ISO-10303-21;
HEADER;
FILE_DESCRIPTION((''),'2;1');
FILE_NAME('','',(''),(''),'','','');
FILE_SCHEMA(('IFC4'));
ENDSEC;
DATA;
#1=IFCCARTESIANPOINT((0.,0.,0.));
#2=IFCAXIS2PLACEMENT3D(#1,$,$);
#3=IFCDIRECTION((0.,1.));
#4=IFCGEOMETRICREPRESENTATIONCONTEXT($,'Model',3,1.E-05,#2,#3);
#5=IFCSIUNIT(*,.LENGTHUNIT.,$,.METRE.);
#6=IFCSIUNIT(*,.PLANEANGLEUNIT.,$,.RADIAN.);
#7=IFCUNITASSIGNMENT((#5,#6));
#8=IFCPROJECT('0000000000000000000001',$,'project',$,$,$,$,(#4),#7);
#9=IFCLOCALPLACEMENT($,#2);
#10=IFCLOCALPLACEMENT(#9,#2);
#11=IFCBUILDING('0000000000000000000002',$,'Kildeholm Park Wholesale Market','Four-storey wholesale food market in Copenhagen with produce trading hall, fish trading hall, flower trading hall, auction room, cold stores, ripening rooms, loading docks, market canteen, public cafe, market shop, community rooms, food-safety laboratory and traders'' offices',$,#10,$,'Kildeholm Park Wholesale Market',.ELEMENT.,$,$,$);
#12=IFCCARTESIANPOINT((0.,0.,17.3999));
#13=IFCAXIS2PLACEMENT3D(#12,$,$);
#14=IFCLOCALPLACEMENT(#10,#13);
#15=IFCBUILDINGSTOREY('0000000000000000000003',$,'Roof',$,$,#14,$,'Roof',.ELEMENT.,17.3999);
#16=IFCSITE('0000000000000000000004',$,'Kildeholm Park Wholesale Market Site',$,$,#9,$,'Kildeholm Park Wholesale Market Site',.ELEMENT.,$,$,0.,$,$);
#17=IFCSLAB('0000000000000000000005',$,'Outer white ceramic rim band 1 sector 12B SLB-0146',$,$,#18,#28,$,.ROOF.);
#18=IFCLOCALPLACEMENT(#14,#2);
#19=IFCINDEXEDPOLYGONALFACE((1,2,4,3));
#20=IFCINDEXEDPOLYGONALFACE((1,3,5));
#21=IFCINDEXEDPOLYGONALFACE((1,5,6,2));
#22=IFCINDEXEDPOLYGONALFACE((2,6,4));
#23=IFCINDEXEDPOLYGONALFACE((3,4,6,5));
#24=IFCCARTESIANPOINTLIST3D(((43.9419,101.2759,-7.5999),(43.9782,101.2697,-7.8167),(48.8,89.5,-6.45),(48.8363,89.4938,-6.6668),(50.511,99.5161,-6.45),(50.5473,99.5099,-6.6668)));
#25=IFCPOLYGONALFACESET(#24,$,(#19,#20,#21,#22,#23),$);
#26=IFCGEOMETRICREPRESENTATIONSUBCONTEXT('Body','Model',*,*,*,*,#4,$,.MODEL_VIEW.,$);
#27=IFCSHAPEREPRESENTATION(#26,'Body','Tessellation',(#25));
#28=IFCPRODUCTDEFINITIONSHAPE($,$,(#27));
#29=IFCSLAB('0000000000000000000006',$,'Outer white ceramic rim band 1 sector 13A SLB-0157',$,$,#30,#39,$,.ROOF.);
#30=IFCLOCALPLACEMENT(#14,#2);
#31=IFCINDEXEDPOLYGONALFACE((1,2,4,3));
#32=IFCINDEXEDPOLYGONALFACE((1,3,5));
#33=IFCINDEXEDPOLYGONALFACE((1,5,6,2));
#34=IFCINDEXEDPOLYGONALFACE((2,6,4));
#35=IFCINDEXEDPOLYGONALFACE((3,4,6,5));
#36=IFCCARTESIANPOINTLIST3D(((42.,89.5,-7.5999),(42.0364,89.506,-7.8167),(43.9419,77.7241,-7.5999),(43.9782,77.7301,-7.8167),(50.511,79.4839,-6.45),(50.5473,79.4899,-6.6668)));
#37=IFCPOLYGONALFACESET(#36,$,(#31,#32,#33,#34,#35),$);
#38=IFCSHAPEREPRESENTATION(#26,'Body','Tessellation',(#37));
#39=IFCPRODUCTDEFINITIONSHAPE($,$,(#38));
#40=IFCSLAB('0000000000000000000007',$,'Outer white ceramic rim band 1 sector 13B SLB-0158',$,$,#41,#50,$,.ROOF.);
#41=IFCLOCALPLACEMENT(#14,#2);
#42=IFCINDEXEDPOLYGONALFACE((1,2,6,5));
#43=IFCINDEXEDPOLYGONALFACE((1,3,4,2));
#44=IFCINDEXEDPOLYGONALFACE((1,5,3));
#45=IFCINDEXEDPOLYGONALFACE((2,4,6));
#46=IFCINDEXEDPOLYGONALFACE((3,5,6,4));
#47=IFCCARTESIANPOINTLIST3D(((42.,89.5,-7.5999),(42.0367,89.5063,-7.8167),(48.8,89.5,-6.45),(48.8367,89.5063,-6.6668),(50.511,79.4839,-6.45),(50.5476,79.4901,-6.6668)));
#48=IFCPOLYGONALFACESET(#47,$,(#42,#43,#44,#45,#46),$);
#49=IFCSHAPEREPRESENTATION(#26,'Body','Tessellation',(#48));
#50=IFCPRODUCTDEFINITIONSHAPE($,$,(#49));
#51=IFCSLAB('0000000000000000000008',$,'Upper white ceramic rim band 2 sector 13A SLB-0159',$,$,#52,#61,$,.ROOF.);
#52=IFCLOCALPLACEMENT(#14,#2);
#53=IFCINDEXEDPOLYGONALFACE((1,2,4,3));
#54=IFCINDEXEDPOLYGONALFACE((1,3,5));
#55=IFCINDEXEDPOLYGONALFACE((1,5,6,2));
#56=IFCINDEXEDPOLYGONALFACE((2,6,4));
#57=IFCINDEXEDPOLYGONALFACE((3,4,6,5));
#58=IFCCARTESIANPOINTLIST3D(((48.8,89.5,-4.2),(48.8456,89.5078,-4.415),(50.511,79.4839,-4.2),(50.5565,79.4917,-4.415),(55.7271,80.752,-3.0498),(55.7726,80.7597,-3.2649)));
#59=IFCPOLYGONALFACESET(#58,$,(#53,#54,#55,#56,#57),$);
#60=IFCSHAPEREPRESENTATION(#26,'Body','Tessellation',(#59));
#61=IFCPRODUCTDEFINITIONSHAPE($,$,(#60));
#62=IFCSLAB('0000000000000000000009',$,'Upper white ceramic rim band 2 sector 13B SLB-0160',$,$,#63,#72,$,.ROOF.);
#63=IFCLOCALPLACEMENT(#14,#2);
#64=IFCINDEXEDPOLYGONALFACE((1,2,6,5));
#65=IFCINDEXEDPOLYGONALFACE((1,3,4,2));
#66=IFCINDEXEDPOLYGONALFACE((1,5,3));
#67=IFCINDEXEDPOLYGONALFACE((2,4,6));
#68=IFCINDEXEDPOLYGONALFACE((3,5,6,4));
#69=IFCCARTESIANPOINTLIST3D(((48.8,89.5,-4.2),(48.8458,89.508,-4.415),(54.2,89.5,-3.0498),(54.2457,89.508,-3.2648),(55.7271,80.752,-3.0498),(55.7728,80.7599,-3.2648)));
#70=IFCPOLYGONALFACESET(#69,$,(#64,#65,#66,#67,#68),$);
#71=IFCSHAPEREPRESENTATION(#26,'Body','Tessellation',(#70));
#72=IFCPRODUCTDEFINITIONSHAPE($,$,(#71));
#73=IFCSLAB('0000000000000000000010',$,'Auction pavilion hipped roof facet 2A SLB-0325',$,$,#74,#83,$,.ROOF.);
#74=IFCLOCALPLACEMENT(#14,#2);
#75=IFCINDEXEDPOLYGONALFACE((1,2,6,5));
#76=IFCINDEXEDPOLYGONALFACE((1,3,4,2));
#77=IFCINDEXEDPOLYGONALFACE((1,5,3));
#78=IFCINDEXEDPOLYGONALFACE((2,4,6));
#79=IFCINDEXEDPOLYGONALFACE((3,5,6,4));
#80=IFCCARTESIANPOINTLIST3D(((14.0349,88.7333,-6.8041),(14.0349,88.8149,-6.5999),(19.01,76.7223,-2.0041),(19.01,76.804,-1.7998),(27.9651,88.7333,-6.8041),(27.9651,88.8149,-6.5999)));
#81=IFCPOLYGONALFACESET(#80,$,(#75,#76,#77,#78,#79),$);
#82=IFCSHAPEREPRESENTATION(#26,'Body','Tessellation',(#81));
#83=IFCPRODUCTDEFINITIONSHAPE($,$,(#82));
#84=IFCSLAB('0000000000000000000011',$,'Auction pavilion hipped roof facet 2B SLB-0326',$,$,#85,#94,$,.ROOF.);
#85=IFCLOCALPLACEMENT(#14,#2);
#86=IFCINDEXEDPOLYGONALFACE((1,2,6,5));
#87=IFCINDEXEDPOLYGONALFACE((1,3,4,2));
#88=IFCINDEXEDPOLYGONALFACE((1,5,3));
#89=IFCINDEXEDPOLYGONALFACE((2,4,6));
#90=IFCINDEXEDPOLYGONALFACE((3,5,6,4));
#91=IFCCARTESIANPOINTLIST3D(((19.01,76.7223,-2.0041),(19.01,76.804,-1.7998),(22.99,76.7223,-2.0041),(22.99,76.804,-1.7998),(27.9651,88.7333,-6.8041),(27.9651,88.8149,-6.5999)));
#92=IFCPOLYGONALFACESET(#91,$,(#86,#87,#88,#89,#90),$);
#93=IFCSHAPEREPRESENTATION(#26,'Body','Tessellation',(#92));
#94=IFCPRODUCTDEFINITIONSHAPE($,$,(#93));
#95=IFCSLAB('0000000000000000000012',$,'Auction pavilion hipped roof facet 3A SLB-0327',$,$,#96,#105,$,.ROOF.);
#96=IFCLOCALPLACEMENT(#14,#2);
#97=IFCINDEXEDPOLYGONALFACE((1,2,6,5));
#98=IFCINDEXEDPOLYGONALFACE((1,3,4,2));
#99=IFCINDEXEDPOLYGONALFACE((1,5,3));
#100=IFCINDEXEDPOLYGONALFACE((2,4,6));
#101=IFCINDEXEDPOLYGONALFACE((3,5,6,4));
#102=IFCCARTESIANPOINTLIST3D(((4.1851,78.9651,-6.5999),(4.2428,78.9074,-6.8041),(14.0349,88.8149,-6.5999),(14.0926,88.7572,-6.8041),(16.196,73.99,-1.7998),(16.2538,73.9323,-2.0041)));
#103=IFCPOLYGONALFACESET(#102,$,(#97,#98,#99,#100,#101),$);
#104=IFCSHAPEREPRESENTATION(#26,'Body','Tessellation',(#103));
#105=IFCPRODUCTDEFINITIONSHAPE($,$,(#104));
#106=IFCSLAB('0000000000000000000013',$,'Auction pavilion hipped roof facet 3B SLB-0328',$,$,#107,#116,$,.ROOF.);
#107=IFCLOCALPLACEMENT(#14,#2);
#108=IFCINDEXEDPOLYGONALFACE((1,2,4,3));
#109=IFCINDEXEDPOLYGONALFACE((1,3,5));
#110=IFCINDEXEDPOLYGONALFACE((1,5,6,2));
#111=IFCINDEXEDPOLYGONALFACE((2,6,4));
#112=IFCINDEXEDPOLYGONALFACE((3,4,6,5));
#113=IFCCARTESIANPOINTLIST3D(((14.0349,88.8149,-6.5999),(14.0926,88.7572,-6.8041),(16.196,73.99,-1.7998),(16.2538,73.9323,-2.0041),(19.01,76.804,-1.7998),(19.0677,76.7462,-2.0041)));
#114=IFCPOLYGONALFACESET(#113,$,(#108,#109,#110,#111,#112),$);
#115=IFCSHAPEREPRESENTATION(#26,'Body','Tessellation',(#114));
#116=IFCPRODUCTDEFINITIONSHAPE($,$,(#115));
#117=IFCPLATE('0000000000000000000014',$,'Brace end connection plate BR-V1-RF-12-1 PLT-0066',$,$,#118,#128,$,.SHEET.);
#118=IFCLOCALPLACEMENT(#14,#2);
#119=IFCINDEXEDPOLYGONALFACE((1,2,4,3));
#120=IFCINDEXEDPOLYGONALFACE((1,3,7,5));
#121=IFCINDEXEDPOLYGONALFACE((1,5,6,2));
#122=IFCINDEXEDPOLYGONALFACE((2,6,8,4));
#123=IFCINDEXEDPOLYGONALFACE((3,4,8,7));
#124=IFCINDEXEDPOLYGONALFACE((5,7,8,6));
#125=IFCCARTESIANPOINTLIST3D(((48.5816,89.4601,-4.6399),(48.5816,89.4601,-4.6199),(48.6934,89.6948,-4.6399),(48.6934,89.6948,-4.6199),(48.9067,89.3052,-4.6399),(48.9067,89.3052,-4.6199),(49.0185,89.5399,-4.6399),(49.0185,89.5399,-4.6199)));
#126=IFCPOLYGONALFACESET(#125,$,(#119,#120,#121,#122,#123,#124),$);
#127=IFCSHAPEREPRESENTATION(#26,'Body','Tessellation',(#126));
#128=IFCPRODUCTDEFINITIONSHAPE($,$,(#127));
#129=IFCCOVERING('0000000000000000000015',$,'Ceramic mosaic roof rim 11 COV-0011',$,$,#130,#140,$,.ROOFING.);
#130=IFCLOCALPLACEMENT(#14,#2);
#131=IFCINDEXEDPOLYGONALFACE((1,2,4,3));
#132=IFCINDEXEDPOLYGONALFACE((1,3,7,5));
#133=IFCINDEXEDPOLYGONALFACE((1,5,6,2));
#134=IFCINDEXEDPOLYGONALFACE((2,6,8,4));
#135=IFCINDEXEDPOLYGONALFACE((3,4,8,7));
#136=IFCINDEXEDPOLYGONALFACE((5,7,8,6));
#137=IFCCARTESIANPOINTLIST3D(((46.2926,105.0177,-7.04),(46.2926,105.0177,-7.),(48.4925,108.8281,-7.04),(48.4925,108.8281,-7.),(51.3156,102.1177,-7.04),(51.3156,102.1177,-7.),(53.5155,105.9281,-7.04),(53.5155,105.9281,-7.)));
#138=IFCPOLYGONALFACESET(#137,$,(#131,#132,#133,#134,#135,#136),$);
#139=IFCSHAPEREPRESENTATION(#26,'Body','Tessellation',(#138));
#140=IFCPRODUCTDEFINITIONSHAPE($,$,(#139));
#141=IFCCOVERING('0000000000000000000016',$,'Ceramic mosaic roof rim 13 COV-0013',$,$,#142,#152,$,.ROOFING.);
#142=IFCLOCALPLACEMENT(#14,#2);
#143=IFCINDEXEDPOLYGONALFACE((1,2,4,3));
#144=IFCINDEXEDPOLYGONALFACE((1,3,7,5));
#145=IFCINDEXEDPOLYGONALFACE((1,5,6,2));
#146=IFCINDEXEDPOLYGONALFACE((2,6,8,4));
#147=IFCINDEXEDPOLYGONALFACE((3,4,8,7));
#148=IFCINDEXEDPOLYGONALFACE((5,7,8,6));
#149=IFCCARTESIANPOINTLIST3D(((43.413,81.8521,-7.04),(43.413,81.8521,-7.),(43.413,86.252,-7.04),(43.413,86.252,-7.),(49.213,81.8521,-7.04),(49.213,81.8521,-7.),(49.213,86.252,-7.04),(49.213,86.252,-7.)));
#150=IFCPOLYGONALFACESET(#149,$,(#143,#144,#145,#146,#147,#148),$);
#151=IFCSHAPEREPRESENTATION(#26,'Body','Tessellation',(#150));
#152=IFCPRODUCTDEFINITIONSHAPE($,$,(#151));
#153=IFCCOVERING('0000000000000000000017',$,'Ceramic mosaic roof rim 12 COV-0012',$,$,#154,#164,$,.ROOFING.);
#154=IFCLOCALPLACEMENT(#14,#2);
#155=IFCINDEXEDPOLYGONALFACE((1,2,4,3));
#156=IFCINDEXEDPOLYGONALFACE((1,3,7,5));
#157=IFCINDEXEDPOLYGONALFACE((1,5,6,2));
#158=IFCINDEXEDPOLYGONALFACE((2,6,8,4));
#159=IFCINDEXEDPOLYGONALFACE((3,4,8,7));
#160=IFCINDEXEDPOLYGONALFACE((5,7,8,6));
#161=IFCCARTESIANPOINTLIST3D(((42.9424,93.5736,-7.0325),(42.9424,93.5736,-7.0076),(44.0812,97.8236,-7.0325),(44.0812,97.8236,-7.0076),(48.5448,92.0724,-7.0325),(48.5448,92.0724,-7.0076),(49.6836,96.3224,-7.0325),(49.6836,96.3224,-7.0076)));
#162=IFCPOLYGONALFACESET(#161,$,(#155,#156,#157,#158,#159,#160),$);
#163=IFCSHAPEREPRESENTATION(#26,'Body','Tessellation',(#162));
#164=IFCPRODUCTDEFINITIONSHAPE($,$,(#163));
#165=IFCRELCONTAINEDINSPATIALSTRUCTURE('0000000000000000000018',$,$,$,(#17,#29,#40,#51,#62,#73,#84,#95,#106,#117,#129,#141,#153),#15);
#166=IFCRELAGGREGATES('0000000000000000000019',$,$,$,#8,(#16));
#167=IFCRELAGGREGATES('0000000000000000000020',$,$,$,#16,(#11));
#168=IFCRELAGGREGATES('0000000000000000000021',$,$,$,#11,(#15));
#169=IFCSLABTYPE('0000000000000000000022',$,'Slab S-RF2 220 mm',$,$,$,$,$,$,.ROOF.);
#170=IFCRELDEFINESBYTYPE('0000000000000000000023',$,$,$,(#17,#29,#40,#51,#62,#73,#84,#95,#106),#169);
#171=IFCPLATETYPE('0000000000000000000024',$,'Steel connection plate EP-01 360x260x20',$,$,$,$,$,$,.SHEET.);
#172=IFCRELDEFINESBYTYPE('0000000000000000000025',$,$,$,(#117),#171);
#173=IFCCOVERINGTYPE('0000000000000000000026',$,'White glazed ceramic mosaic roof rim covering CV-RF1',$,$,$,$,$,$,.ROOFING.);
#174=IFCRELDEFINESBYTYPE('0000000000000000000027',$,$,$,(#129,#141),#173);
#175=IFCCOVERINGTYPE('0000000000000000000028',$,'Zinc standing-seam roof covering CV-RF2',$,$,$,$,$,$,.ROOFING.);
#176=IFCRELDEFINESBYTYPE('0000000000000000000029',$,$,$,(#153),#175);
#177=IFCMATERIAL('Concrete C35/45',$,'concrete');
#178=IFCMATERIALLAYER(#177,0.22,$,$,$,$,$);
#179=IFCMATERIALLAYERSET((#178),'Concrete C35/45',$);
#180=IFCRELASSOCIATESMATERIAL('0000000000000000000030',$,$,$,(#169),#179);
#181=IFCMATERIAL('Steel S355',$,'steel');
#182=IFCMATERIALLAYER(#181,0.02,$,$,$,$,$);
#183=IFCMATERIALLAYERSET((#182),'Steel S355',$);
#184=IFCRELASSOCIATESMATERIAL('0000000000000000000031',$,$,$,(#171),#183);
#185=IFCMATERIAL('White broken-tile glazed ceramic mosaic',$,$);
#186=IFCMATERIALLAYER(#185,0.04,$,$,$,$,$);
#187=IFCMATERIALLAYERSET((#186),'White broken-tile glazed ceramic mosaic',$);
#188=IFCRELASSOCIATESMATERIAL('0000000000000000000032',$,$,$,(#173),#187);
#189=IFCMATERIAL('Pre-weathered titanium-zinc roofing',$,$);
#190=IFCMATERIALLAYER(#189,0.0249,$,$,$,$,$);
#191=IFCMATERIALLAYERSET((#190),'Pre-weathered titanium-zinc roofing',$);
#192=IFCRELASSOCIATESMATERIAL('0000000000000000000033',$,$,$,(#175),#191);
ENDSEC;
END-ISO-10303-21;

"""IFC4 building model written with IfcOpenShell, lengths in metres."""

from ifc_helpers import new_model, si_unit, direction, frame, origin, origin_2d, place, context, subcontext, project, spatial, polyline, rectangle, outline, extrude, material, layer, layer_set, type_object, element, save


model = new_model("IFC4")

# Units and contexts
model_context = context("Model", 3, precision=1e-05, world=origin(), true_north=direction((0.0, 1.0)))
body_context = subcontext(model_context, "Body", "Model", "MODEL_VIEW")
ifc_project = project(units=[si_unit("LENGTHUNIT", "METRE"), si_unit("PLANEANGLEUNIT", "RADIAN")], contexts=[model_context])

# Site, building, storey
site_placement = place(None, origin())
site = spatial("IfcSite", under=ifc_project, at=site_placement, Name="Kildeholm Park Wholesale Market Site", LongName="Kildeholm Park Wholesale Market Site", CompositionType="ELEMENT", RefElevation=0.0)
building_placement = place(site_placement, origin())
building = spatial("IfcBuilding", under=site, at=building_placement, Name="Kildeholm Park Wholesale Market", Description="Four-storey wholesale food market in Copenhagen with produce trading hall, fish trading hall, flower trading hall, auction room, cold stores, ripening rooms, loading docks, market canteen, public cafe, market shop, community rooms, food-safety laboratory and traders' offices", LongName="Kildeholm Park Wholesale Market", CompositionType="ELEMENT")
storey_placement = place(building_placement, frame((0.0, 0.0, 17.3999)))
storey = spatial("IfcBuildingStorey", under=building, at=storey_placement, Name="Roof", LongName="Roof", CompositionType="ELEMENT", Elevation=17.3999)

# Shared definitions
ifc_material_1 = material(Name="Steel S355", Category="steel")

# Slabs
ifc_material_2 = material(Name="Concrete C35/45", Category="concrete")
ifc_layer_1 = layer(ifc_material_2, 0.22)
ifc_layer_set_1 = layer_set([ifc_layer_1], Name="Concrete C35/45")
slab_type = type_object("IfcSlabType", Name="Slab S-RF2 220 mm", PredefinedType="ROOF", material=ifc_layer_set_1)
slab_1_placement = place(storey_placement, frame((43.9419, 101.2759, -7.5999), z_axis=(-0.165025, 0.028189, 0.985886), x_axis=(0.379827, -0.920678, 0.089903)))
element("IfcSlab", 1, at=slab_1_placement, inside=storey, type_object=slab_type, Name="Outer white ceramic rim band 1 sector 12B SLB-0146", PredefinedType="ROOF", context=body_context, shape_type="SweptSolid", body=[
    extrude(outline(polyline([(0.0, 0.0), (12.7904, 0.0), (4.2187, 5.4566), (0.0, 0.0)])), origin(), (0.0, 0.0, -1.0), 0.22),
])
slab_2_placement = place(storey_placement, frame((42.0, 89.5, -7.5999), z_axis=(-0.165273, -0.027254, 0.985871), x_axis=(0.162707, -0.986674, 0.0)))
element("IfcSlab", 2, at=slab_2_placement, inside=storey, type_object=slab_type, Name="Outer white ceramic rim band 1 sector 13A SLB-0157", PredefinedType="ROOF", context=body_context, shape_type="SweptSolid", body=[
    extrude(outline(polyline([(0.0, 0.0), (11.9349, 0.0), (11.2674, 6.8649), (0.0, 0.0)])), origin(), (0.0, 0.0, -1.0), 0.22),
])
slab_3_placement = place(storey_placement, frame((42.0, 89.5, -7.5999), z_axis=(-0.166667, -0.02847, 0.985602), x_axis=(0.645065, -0.759141, 0.087153)))
element("IfcSlab", 3, at=slab_3_placement, inside=storey, type_object=slab_type, Name="Outer white ceramic rim band 1 sector 13B SLB-0158", PredefinedType="ROOF", context=body_context, shape_type="SweptSolid", body=[
    extrude(outline(polyline([(0.0, 0.0), (13.194, 0.0), (4.4867, 5.2376), (0.0, 0.0)])), origin(), (0.0, 0.0, -1.0), 0.22),
])
slab_4_placement = place(storey_placement, frame((48.8, 89.5, -4.2), z_axis=(-0.206989, -0.035358, 0.977704), x_axis=(0.16838, -0.985722, 0.0)))
element("IfcSlab", 4, at=slab_4_placement, inside=storey, type_object=slab_type, Name="Upper white ceramic rim band 2 sector 13A SLB-0159", PredefinedType="ROOF", context=body_context, shape_type="SweptSolid", body=[
    extrude(outline(polyline([(0.0, 0.0), (10.1612, 0.0), (9.7895, 5.4772), (0.0, 0.0)])), origin(), (0.0, 0.0, -1.0), 0.22),
])
slab_5_placement = place(storey_placement, frame((48.8, 89.5, -4.2), z_axis=(-0.208183, -0.036341, 0.977414), x_axis=(0.617512, -0.77985, 0.102531)))
element("IfcSlab", 5, at=slab_5_placement, inside=storey, type_object=slab_type, Name="Upper white ceramic rim band 2 sector 13B SLB-0160", PredefinedType="ROOF", context=body_context, shape_type="SweptSolid", body=[
    extrude(outline(polyline([(0.0, 0.0), (11.2176, 0.0), (3.4524, 4.3084), (0.0, 0.0)])), origin(), (0.0, 0.0, -1.0), 0.22),
])
slab_6_placement = place(storey_placement, frame((27.9651, 88.8149, -6.5999), z_axis=(0.0, 0.371101, 0.928592), x_axis=(-1.0, 0.0, 0.0)))
element("IfcSlab", 6, at=slab_6_placement, inside=storey, type_object=slab_type, Name="Auction pavilion hipped roof facet 2A SLB-0325", PredefinedType="ROOF", context=body_context, shape_type="SweptSolid", body=[
    extrude(outline(polyline([(0.0, 0.0), (13.9302, 0.0), (8.9551, 12.9346), (0.0, 0.0)])), origin(), (0.0, 0.0, -1.0), 0.22),
])
slab_7_placement = place(storey_placement, frame((27.9651, 88.8149, -6.5999), z_axis=(0.0, 0.371101, 0.928592), x_axis=(-0.569225, -0.763472, 0.305113)))
element("IfcSlab", 7, at=slab_7_placement, inside=storey, type_object=slab_type, Name="Auction pavilion hipped roof facet 2B SLB-0326", PredefinedType="ROOF", context=body_context, shape_type="SweptSolid", body=[
    extrude(outline(polyline([(0.0, 0.0), (15.7321, 0.0), (13.4666, 3.2723), (0.0, 0.0)])), origin(), (0.0, 0.0, -1.0), 0.22),
])
slab_8_placement = place(storey_placement, frame((14.0349, 88.8149, -6.5999), z_axis=(-0.262408, 0.262408, 0.928592), x_axis=(-0.707107, -0.707107, 0.0)))
element("IfcSlab", 8, at=slab_8_placement, inside=storey, type_object=slab_type, Name="Auction pavilion hipped roof facet 3A SLB-0327", PredefinedType="ROOF", context=body_context, shape_type="SweptSolid", body=[
    extrude(outline(polyline([(0.0, 0.0), (13.9298, 0.0), (8.9547, 12.9346), (0.0, 0.0)])), origin(), (0.0, 0.0, -1.0), 0.22),
])
slab_9_placement = place(storey_placement, frame((14.0349, 88.8149, -6.5999), z_axis=(-0.262408, 0.262408, 0.928592), x_axis=(0.137373, -0.942355, 0.305117)))
element("IfcSlab", 9, at=slab_9_placement, inside=storey, type_object=slab_type, Name="Auction pavilion hipped roof facet 3B SLB-0328", PredefinedType="ROOF", context=body_context, shape_type="SweptSolid", body=[
    extrude(outline(polyline([(0.0, 0.0), (15.7318, 0.0), (13.4666, 3.272), (0.0, 0.0)])), origin(), (0.0, 0.0, -1.0), 0.22),
])

# Plate
ifc_layer_2 = layer(ifc_material_1, 0.02)
ifc_layer_set_2 = layer_set([ifc_layer_2], Name="Steel S355")
plate_type = type_object("IfcPlateType", Name="Steel connection plate EP-01 360x260x20", PredefinedType="SHEET", material=ifc_layer_set_2)
plate_placement = place(storey_placement, frame((48.8, 89.5, -4.6399), z_axis=(0.0, 0.0, 1.0), x_axis=(0.902811, -0.430038, 0.0)))
element("IfcPlate", 10, at=plate_placement, inside=storey, type_object=plate_type, Name="Brace end connection plate BR-V1-RF-12-1 PLT-0066", PredefinedType="SHEET", context=body_context, shape_type="SweptSolid", body=[
    extrude(rectangle(XDim=0.3601, YDim=0.26, at=origin_2d()), origin(), (0.0, 0.0, 1.0), 0.02),
])

# Coverings
ifc_material_3 = material(Name="White broken-tile glazed ceramic mosaic")
ifc_layer_3 = layer(ifc_material_3, 0.04)
ifc_layer_set_3 = layer_set([ifc_layer_3], Name="White broken-tile glazed ceramic mosaic")
covering_type_1 = type_object("IfcCoveringType", Name="White glazed ceramic mosaic roof rim covering CV-RF1", PredefinedType="ROOFING", material=ifc_layer_set_3)
for number, where, z_axis, x_axis, name in (
    (11, (49.9041, 105.4729, -7.04), (0.0, 0.0, 1.0), (-0.866025, 0.5, 0.0), "Ceramic mosaic roof rim 11 COV-0011"),
    (12, (46.313, 84.052, -7.04), (0.0, 0.0, 1.0), (-1.0, 0.0, 0.0), "Ceramic mosaic roof rim 13 COV-0013"),
):
    element("IfcCovering", number, at=place(storey_placement, frame(where, z_axis=z_axis, x_axis=x_axis)), inside=storey, type_object=covering_type_1, Name=name, PredefinedType="ROOFING", context=body_context, shape_type="SweptSolid", body=[
        extrude(rectangle(XDim=5.8, YDim=4.3999, at=origin_2d()), origin(), (0.0, 0.0, 1.0), 0.04),
    ])
ifc_material_4 = material(Name="Pre-weathered titanium-zinc roofing")
ifc_layer_4 = layer(ifc_material_4, 0.0249)
ifc_layer_set_4 = layer_set([ifc_layer_4], Name="Pre-weathered titanium-zinc roofing")
covering_type_2 = type_object("IfcCoveringType", Name="Zinc standing-seam roof covering CV-RF2", PredefinedType="ROOFING", material=ifc_layer_set_4)
covering_placement = place(storey_placement, frame((46.313, 94.948, -7.0325), z_axis=(0.0, 0.0, 1.0), x_axis=(-0.965926, 0.258819, 0.0)))
element("IfcCovering", 13, at=covering_placement, inside=storey, type_object=covering_type_2, Name="Ceramic mosaic roof rim 12 COV-0012", PredefinedType="ROOFING", context=body_context, shape_type="SweptSolid", body=[
    extrude(rectangle(XDim=5.8, YDim=4.3999, at=origin_2d()), origin(), (0.0, 0.0, 1.0), 0.0249),
])

save(model, "model.ifc")
